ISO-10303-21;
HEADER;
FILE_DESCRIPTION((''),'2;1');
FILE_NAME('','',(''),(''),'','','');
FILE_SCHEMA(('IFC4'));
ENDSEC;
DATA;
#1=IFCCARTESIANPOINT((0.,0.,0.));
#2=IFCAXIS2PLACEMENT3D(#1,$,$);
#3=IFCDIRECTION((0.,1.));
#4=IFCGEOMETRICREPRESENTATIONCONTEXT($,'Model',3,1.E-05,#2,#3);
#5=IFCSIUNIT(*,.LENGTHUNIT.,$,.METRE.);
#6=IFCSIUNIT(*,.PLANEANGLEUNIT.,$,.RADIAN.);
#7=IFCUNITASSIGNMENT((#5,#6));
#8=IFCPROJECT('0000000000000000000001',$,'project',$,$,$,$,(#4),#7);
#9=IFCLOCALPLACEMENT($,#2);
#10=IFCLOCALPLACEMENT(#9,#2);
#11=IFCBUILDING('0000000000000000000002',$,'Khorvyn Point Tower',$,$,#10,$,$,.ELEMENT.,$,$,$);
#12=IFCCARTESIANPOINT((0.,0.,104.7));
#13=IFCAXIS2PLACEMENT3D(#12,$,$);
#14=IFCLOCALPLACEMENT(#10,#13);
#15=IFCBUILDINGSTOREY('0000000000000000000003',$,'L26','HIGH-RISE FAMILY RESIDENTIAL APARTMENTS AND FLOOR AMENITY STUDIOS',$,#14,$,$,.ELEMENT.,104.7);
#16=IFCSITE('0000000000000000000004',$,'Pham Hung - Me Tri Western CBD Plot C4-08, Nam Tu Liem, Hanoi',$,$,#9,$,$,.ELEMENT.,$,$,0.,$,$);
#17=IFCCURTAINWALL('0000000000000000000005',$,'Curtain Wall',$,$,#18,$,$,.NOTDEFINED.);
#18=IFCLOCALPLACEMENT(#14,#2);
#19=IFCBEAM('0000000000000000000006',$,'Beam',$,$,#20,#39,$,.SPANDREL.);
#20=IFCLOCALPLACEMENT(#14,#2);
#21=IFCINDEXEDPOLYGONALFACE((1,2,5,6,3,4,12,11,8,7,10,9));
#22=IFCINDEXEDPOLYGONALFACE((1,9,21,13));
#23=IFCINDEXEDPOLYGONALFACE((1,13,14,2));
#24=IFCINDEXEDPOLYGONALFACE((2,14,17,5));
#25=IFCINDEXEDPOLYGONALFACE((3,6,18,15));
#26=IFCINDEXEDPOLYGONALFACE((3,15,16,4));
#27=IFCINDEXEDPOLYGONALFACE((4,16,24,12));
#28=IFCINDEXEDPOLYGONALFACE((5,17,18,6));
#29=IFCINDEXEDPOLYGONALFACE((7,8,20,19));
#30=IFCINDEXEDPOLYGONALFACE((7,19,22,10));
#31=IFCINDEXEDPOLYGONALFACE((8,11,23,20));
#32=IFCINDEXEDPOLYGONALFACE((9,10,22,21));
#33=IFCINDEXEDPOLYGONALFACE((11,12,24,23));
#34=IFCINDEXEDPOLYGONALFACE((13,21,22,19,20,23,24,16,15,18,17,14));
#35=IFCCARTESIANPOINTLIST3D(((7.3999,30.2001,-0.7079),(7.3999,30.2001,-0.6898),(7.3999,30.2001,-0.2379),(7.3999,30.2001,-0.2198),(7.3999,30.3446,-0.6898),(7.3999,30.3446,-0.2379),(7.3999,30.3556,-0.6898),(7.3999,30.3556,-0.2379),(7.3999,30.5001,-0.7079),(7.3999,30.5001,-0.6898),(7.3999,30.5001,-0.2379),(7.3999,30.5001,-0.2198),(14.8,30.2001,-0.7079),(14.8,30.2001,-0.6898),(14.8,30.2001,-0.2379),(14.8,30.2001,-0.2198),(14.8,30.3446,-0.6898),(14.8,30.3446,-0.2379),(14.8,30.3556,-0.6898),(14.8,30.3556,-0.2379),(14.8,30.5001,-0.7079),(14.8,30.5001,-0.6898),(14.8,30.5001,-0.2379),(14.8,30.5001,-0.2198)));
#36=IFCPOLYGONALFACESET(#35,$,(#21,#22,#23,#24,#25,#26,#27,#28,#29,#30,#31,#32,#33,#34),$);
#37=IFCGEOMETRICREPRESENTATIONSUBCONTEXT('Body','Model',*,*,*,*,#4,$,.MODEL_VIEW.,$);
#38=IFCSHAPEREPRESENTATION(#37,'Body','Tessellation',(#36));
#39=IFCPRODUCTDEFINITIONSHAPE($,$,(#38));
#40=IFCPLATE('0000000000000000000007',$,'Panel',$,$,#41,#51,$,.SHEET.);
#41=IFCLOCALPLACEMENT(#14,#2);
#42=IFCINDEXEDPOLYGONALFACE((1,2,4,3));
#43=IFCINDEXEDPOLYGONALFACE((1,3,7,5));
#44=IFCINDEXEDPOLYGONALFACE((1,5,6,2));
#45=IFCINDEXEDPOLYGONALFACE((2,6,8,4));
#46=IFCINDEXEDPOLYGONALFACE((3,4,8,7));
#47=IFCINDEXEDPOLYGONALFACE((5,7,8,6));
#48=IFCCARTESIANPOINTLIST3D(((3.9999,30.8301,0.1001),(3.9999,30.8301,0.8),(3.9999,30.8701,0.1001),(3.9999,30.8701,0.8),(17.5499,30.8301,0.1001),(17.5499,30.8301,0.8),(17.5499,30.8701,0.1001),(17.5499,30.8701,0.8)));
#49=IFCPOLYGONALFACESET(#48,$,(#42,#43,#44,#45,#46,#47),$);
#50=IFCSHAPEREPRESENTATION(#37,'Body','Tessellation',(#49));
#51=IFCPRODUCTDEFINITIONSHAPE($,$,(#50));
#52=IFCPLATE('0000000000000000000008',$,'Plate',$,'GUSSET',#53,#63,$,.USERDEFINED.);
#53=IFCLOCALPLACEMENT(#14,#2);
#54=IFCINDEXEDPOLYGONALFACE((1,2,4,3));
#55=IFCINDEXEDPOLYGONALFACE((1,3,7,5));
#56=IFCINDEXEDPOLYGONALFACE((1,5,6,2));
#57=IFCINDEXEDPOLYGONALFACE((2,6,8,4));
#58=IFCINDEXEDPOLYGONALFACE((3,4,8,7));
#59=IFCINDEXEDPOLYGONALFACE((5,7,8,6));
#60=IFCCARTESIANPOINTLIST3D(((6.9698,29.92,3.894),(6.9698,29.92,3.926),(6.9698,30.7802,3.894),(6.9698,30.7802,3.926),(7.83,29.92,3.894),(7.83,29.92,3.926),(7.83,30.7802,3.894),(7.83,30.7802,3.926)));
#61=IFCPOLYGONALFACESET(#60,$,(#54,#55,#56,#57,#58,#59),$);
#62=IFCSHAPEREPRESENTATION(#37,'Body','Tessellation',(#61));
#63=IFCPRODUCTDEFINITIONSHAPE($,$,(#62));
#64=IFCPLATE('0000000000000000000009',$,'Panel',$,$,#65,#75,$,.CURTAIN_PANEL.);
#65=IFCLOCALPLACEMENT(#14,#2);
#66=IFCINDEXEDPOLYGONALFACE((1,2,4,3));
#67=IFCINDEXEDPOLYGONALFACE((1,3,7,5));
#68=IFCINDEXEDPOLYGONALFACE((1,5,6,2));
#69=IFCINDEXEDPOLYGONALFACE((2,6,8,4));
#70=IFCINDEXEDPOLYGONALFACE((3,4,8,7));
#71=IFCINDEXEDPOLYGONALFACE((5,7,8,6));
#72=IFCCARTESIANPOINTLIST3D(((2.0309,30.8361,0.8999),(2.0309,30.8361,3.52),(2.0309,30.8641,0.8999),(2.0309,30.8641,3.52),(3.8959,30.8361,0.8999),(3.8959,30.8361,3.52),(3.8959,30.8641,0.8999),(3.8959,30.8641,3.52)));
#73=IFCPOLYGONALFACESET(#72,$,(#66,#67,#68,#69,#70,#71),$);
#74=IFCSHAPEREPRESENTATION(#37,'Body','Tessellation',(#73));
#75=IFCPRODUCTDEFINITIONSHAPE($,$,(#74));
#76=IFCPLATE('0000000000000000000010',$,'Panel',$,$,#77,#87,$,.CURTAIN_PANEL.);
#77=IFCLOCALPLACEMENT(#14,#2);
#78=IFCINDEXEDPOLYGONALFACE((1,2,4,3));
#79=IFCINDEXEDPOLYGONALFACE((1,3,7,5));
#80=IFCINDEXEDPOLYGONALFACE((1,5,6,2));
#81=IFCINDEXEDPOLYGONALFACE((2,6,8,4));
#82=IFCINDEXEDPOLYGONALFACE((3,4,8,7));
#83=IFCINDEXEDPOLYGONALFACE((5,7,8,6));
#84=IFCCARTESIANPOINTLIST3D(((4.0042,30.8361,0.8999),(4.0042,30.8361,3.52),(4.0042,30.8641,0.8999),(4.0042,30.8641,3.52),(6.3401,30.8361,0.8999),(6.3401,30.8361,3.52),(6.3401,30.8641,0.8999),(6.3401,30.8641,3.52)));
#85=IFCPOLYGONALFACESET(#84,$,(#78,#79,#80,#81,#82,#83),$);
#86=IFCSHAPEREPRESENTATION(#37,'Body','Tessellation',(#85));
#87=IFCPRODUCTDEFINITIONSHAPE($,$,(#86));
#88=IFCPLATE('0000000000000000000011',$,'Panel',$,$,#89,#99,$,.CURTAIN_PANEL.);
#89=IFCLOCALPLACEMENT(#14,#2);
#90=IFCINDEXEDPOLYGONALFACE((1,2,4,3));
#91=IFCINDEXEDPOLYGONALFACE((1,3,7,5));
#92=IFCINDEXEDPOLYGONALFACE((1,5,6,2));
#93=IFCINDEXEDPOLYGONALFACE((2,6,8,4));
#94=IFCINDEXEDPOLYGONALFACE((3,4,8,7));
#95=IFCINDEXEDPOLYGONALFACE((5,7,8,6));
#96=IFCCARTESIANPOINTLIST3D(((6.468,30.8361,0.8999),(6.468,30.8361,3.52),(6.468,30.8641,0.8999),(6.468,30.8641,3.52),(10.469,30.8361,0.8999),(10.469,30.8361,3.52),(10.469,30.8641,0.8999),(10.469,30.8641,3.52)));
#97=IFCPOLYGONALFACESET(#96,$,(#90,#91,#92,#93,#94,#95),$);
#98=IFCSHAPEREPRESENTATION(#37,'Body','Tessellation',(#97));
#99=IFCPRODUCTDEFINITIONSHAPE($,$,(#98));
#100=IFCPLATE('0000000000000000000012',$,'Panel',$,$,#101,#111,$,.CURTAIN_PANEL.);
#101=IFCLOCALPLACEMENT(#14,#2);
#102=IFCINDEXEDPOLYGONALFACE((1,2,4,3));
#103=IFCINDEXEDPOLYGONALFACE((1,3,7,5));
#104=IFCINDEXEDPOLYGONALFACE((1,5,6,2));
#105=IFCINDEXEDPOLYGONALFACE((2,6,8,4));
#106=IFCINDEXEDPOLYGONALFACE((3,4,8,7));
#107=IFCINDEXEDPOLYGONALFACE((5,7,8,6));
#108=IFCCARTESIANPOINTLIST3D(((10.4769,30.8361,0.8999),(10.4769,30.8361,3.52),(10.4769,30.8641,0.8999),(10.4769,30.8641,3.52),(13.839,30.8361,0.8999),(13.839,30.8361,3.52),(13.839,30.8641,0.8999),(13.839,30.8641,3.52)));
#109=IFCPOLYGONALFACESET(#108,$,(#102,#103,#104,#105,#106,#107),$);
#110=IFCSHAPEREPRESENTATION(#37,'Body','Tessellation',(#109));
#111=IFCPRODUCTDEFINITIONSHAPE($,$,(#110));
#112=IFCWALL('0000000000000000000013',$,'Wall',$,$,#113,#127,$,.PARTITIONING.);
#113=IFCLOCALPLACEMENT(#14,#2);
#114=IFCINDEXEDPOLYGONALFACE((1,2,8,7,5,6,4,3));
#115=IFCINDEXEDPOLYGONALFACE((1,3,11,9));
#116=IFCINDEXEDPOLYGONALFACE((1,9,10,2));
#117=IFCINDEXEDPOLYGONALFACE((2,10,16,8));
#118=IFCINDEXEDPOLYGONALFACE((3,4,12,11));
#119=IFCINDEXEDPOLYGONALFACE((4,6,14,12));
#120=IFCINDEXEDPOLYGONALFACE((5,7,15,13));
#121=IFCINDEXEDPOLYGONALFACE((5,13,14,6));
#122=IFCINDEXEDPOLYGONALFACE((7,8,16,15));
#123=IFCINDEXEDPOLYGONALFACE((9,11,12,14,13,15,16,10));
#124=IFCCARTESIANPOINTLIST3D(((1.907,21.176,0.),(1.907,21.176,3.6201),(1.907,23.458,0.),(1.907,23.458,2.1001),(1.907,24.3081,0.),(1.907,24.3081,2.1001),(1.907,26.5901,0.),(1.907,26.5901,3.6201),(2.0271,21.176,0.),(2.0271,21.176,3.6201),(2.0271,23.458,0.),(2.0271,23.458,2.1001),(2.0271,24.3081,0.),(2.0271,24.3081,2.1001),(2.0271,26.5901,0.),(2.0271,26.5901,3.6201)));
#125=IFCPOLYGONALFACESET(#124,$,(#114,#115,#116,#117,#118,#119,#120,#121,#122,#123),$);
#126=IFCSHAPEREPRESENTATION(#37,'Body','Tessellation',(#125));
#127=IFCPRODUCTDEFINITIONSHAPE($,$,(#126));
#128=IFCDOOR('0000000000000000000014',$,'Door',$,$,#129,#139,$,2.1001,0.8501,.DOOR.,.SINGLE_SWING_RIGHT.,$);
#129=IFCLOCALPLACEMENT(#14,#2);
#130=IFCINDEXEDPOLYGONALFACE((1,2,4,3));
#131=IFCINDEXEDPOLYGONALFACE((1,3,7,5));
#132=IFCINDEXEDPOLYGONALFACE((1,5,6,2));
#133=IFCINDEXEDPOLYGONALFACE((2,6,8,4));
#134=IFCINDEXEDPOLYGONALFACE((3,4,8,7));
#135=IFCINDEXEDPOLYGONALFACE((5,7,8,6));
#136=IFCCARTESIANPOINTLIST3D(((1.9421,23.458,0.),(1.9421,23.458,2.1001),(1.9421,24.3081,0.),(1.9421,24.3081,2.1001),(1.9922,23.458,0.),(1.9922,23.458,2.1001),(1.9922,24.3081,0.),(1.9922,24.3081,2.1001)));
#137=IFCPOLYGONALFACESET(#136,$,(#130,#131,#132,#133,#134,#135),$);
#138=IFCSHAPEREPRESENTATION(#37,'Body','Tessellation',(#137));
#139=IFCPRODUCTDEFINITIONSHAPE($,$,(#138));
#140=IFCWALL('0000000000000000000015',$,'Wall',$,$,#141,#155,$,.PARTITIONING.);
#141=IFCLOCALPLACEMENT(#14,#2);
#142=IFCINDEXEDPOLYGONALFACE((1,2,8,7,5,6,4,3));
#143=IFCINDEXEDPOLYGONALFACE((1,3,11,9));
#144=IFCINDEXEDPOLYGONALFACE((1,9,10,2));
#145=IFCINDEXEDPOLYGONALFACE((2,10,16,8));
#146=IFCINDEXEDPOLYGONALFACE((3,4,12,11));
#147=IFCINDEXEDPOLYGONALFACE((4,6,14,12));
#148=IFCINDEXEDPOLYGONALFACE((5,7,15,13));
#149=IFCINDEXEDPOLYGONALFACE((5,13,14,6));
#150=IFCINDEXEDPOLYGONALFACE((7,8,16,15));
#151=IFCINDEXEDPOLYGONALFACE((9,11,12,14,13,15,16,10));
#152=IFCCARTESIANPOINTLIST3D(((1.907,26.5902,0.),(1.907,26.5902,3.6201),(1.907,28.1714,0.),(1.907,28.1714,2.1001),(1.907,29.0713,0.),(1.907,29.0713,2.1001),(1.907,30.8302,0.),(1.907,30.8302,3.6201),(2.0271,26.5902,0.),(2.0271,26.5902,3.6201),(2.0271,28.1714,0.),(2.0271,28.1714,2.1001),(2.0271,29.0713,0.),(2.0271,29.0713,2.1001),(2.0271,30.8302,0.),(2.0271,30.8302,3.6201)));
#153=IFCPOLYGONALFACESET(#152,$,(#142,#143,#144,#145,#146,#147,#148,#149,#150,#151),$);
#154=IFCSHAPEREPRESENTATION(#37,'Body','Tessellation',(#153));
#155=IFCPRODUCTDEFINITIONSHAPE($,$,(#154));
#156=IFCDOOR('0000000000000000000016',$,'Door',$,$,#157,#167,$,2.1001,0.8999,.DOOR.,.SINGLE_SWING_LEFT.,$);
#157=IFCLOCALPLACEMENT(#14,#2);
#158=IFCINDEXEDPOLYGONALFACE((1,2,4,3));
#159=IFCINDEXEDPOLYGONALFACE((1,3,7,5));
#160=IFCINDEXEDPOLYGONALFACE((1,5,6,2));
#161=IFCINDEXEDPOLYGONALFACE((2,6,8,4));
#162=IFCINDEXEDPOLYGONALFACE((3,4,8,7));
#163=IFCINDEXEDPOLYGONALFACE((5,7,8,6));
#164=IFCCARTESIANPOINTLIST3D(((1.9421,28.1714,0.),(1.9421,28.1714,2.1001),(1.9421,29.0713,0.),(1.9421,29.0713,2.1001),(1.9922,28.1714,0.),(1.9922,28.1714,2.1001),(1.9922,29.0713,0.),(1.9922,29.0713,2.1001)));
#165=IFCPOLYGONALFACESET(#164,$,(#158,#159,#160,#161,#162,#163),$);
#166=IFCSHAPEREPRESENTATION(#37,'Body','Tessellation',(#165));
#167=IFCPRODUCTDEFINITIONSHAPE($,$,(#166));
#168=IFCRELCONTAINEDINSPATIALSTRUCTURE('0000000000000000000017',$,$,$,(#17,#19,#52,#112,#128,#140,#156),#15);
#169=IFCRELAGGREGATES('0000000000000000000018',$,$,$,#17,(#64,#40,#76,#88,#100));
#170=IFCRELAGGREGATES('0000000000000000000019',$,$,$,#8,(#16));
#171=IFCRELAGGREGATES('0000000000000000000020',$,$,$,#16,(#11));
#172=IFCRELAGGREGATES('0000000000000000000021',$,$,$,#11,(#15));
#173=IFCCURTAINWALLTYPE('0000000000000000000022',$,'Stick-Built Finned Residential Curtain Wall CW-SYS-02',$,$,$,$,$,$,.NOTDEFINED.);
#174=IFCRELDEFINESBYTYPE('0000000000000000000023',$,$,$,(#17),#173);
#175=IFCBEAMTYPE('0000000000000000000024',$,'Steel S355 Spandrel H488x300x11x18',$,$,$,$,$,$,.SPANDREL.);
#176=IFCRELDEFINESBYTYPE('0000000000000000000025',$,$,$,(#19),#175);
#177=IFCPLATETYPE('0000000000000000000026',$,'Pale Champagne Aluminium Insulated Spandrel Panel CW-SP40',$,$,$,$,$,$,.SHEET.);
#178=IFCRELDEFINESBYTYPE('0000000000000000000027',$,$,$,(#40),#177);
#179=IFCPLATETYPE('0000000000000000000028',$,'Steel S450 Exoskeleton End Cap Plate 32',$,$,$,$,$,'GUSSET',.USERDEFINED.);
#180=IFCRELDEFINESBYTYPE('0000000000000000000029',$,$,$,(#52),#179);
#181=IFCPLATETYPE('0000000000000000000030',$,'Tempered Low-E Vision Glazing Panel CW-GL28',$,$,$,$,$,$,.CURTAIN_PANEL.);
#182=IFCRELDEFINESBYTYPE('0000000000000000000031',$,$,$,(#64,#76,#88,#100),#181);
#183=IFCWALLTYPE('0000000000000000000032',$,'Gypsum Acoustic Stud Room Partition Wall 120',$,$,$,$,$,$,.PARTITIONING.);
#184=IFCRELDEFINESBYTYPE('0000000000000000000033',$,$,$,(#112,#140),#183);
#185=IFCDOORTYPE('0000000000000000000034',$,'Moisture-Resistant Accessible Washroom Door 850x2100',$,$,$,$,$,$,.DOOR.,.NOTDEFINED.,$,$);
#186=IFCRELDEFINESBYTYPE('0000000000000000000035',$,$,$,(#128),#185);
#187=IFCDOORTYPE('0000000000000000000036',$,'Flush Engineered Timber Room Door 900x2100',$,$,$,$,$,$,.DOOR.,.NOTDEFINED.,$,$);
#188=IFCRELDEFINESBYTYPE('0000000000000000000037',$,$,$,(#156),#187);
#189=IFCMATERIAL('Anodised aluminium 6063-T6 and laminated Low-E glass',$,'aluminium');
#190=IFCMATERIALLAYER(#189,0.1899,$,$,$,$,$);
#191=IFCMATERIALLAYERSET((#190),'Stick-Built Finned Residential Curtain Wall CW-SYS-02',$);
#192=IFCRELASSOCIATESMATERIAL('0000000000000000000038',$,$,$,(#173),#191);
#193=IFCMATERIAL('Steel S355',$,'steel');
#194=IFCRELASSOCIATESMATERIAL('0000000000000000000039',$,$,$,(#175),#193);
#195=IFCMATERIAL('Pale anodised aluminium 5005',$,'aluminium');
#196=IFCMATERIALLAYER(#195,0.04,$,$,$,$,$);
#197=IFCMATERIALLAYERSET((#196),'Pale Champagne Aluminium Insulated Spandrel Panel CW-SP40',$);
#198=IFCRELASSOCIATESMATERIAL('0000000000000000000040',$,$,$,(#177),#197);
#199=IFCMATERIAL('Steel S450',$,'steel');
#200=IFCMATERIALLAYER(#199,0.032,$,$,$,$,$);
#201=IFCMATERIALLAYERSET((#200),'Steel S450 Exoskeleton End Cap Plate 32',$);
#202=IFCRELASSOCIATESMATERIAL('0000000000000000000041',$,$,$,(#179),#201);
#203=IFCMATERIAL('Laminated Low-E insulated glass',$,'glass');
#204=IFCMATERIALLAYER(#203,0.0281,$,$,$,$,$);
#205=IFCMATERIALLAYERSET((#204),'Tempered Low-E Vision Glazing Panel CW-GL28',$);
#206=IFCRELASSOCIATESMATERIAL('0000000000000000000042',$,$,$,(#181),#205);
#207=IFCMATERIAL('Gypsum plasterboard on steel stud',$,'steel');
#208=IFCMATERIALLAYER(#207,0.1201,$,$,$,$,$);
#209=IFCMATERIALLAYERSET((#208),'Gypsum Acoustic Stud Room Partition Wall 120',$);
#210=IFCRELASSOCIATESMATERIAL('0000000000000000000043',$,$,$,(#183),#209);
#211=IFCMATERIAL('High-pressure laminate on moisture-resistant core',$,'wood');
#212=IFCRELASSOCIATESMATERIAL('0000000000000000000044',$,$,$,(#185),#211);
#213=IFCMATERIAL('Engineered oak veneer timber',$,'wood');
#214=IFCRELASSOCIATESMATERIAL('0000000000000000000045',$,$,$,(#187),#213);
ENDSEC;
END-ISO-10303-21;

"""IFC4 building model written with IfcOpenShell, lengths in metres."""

from ifc_helpers import new_model, si_unit, direction, frame, frame_2d, origin, origin_2d, place, context, subcontext, project, spatial, rectangle, i_section, extrude, material, layer, layer_set, material_profile, profile_set, type_object, element, fill, aggregate, save


model = new_model("IFC4")

# Units and contexts
model_context = context("Model", 3, precision=1e-05, world=origin(), true_north=direction((0.0, 1.0)))
body_context = subcontext(model_context, "Body", "Model", "MODEL_VIEW")
ifc_project = project(units=[si_unit("LENGTHUNIT", "METRE"), si_unit("PLANEANGLEUNIT", "RADIAN")], contexts=[model_context])

# Site, building, storey
site_placement = place(None, origin())
site = spatial("IfcSite", under=ifc_project, at=site_placement, Name="Pham Hung - Me Tri Western CBD Plot C4-08, Nam Tu Liem, Hanoi", CompositionType="ELEMENT", RefElevation=0.0)
building_placement = place(site_placement, origin())
building = spatial("IfcBuilding", under=site, at=building_placement, Name="Khorvyn Point Tower", CompositionType="ELEMENT")
storey_placement = place(building_placement, frame((0.0, 0.0, 104.7)))
storey = spatial("IfcBuildingStorey", under=building, at=storey_placement, Name="L26", Description="HIGH-RISE FAMILY RESIDENTIAL APARTMENTS AND FLOOR AMENITY STUDIOS", CompositionType="ELEMENT", Elevation=104.7)

# Shared definitions
ifc_material_1 = material(Name="Steel S450", Category="steel")

# Curtain wall
ifc_material_2 = material(Name="Anodised aluminium 6063-T6 and laminated Low-E glass", Category="aluminium")
ifc_layer_1 = layer(ifc_material_2, 0.1899)
ifc_layer_set_1 = layer_set([ifc_layer_1], Name="Stick-Built Finned Residential Curtain Wall CW-SYS-02")
curtain_wall_type = type_object("IfcCurtainWallType", Name="Stick-Built Finned Residential Curtain Wall CW-SYS-02", PredefinedType="NOTDEFINED", material=ifc_layer_set_1)
curtain_wall_placement = place(storey_placement, origin())
curtain_wall = element("IfcCurtainWall", 1, at=curtain_wall_placement, inside=storey, type_object=curtain_wall_type, Name="Curtain Wall", PredefinedType="NOTDEFINED")

# Beam
ifc_material_3 = material(Name="Steel S355", Category="steel")
ifc_material_profile_1 = material_profile(ifc_material_3, i_section(OverallWidth=0.3, OverallDepth=0.488, WebThickness=0.011, FlangeThickness=0.0181, at=origin_2d()))
ifc_profile_set_1 = profile_set([ifc_material_profile_1], Name="Steel S355 H488x300x11x18")
beam_type_1 = type_object("IfcBeamType", Name="Steel S355 Spandrel H488x300x11x18", PredefinedType="SPANDREL", material=ifc_profile_set_1)
beam_1_placement = place(storey_placement, frame((7.3999, 30.3501, -0.4639), z_axis=(1.0, 0.0, 0.0), x_axis=(0.0, 1.0, 0.0)))
element("IfcBeam", 2, at=beam_1_placement, inside=storey, type_object=beam_type_1, Name="Beam", PredefinedType="SPANDREL", context=body_context, shape_type="SweptSolid", body=[
    extrude(i_section(OverallWidth=0.3, OverallDepth=0.488, WebThickness=0.011, FlangeThickness=0.0181, at=origin_2d()), origin(), (0.0, 0.0, 1.0), 7.4001),
])

# Plates
ifc_material_4 = material(Name="Pale anodised aluminium 5005", Category="aluminium")
ifc_layer_2 = layer(ifc_material_4, 0.04)
ifc_layer_set_2 = layer_set([ifc_layer_2], Name="Pale Champagne Aluminium Insulated Spandrel Panel CW-SP40")
plate_type_1 = type_object("IfcPlateType", Name="Pale Champagne Aluminium Insulated Spandrel Panel CW-SP40", PredefinedType="SHEET", material=ifc_layer_set_2)
plate_1_placement = place(storey_placement, frame((10.7749, 30.8501, 0.1001), z_axis=(0.0, 0.0, 1.0), x_axis=(1.0, 0.0, 0.0)))
plate_1 = element("IfcPlate", 3, at=plate_1_placement, type_object=plate_type_1, Name="Panel", PredefinedType="SHEET", context=body_context, shape_type="SweptSolid", body=[
    extrude(rectangle(XDim=13.55, YDim=0.04, at=origin_2d()), origin(), (0.0, 0.0, 1.0), 0.7),
])
ifc_layer_3 = layer(ifc_material_1, 0.032)
ifc_layer_set_3 = layer_set([ifc_layer_3], Name="Steel S450 Exoskeleton End Cap Plate 32")
plate_type_2 = type_object("IfcPlateType", Name="Steel S450 Exoskeleton End Cap Plate 32", ElementType="GUSSET", PredefinedType="USERDEFINED", material=ifc_layer_set_3)
plate_2_placement = place(storey_placement, frame((7.3999, 30.3501, 3.894), z_axis=(0.0, 0.0, 1.0), x_axis=(1.0, 0.0, 0.0)))
element("IfcPlate", 4, at=plate_2_placement, inside=storey, type_object=plate_type_2, Name="Plate", ObjectType="GUSSET", PredefinedType="USERDEFINED", context=body_context, shape_type="SweptSolid", body=[
    extrude(rectangle(XDim=0.8601, YDim=0.8601, at=origin_2d()), origin(), (0.0, 0.0, 1.0), 0.032),
])
ifc_material_5 = material(Name="Laminated Low-E insulated glass", Category="glass")
ifc_layer_4 = layer(ifc_material_5, 0.0281)
ifc_layer_set_4 = layer_set([ifc_layer_4], Name="Tempered Low-E Vision Glazing Panel CW-GL28")
plate_type_3 = type_object("IfcPlateType", Name="Tempered Low-E Vision Glazing Panel CW-GL28", PredefinedType="CURTAIN_PANEL", material=ifc_layer_set_4)
plate_3_placement = place(storey_placement, frame((2.9634, 30.8501, 0.8999), z_axis=(0.0, 0.0, 1.0), x_axis=(1.0, 0.0, 0.0)))
plate_3 = element("IfcPlate", 5, at=plate_3_placement, type_object=plate_type_3, Name="Panel", PredefinedType="CURTAIN_PANEL", context=body_context, shape_type="SweptSolid", body=[
    extrude(rectangle(XDim=1.865, YDim=0.0281, at=origin_2d()), origin(), (0.0, 0.0, 1.0), 2.6201),
])
plate_4_placement = place(storey_placement, frame((5.1721, 30.8501, 0.8999), z_axis=(0.0, 0.0, 1.0), x_axis=(1.0, 0.0, 0.0)))
plate_4 = element("IfcPlate", 6, at=plate_4_placement, type_object=plate_type_3, Name="Panel", PredefinedType="CURTAIN_PANEL", context=body_context, shape_type="SweptSolid", body=[
    extrude(rectangle(XDim=2.3359, YDim=0.0281, at=origin_2d()), origin(), (0.0, 0.0, 1.0), 2.6201),
])
plate_5_placement = place(storey_placement, frame((8.4685, 30.8501, 0.8999), z_axis=(0.0, 0.0, 1.0), x_axis=(1.0, 0.0, 0.0)))
plate_5 = element("IfcPlate", 7, at=plate_5_placement, type_object=plate_type_3, Name="Panel", PredefinedType="CURTAIN_PANEL", context=body_context, shape_type="SweptSolid", body=[
    extrude(rectangle(XDim=4.001, YDim=0.0281, at=origin_2d()), origin(), (0.0, 0.0, 1.0), 2.6201),
])
plate_6_placement = place(storey_placement, frame((12.158, 30.8501, 0.8999), z_axis=(0.0, 0.0, 1.0), x_axis=(1.0, 0.0, 0.0)))
plate_6 = element("IfcPlate", 8, at=plate_6_placement, type_object=plate_type_3, Name="Panel", PredefinedType="CURTAIN_PANEL", context=body_context, shape_type="SweptSolid", body=[
    extrude(rectangle(XDim=3.3621, YDim=0.0281, at=origin_2d()), origin(), (0.0, 0.0, 1.0), 2.6201),
])
aggregate(curtain_wall, [plate_3, plate_1, plate_4, plate_5, plate_6])

# Walls, openings, doors
ifc_material_6 = material(Name="Gypsum plasterboard on steel stud", Category="steel")
ifc_layer_5 = layer(ifc_material_6, 0.1201)
ifc_layer_set_5 = layer_set([ifc_layer_5], Name="Gypsum Acoustic Stud Room Partition Wall 120")
wall_type_1 = type_object("IfcWallType", Name="Gypsum Acoustic Stud Room Partition Wall 120", PredefinedType="PARTITIONING", material=ifc_layer_set_5)
wall_1_placement = place(storey_placement, frame((1.967, 21.176, 0.0), z_axis=(0.0, 0.0, 1.0), x_axis=(0.0, 1.0, 0.0)))
wall_1 = element("IfcWall", 9, at=wall_1_placement, inside=storey, type_object=wall_type_1, Name="Wall", PredefinedType="PARTITIONING", context=body_context, shape_type="SweptSolid", body=[
    extrude(rectangle(XDim=5.4141, YDim=0.1201, at=frame_2d((2.707, 0.0))), origin(), (0.0, 0.0, 1.0), 3.6201),
])
opening_1_placement = place(wall_1_placement, frame((2.282, 0.0, 0.0)))
opening_1 = element("IfcOpeningElement", 10, at=opening_1_placement, cuts=wall_1, PredefinedType="OPENING", context=body_context, shape_type="SweptSolid", body=[
    extrude(rectangle(XDim=0.8501, YDim=2.1001, at=frame_2d((0.425, 1.05))), frame((0.0, 0.0701, 0.0), z_axis=(0.0, -1.0, 0.0), x_axis=(1.0, 0.0, 0.0)), (0.0, 0.0, 1.0), 0.1401),
])
ifc_material_7 = material(Name="High-pressure laminate on moisture-resistant core", Category="wood")
door_type_1 = type_object("IfcDoorType", Name="Moisture-Resistant Accessible Washroom Door 850x2100", OperationType="NOTDEFINED", PredefinedType="DOOR", material=ifc_material_7)
door_1_placement = place(opening_1_placement, origin())
door_1 = element("IfcDoor", 11, at=door_1_placement, inside=storey, type_object=door_type_1, Name="Door", OperationType="SINGLE_SWING_RIGHT", OverallHeight=2.1001, OverallWidth=0.8501, PredefinedType="DOOR", context=body_context, shape_type="SweptSolid", body=[
    extrude(rectangle(XDim=0.8501, YDim=2.1001, at=frame_2d((0.425, 1.05))), frame((0.0, 0.0249, 0.0), z_axis=(0.0, -1.0, 0.0), x_axis=(1.0, 0.0, 0.0)), (0.0, 0.0, 1.0), 0.05),
])
fill(opening_1, door_1)
wall_2_placement = place(storey_placement, frame((1.967, 26.5901, 0.0), z_axis=(0.0, 0.0, 1.0), x_axis=(0.0, 1.0, 0.0)))
wall_2 = element("IfcWall", 12, at=wall_2_placement, inside=storey, type_object=wall_type_1, Name="Wall", PredefinedType="PARTITIONING", context=body_context, shape_type="SweptSolid", body=[
    extrude(rectangle(XDim=4.24, YDim=0.1201, at=frame_2d((2.1201, 0.0))), origin(), (0.0, 0.0, 1.0), 3.6201),
])
opening_2_placement = place(wall_2_placement, frame((1.5813, 0.0, 0.0)))
opening_2 = element("IfcOpeningElement", 13, at=opening_2_placement, cuts=wall_2, PredefinedType="OPENING", context=body_context, shape_type="SweptSolid", body=[
    extrude(rectangle(XDim=0.8999, YDim=2.1001, at=frame_2d((0.45, 1.05))), frame((0.0, 0.0701, 0.0), z_axis=(0.0, -1.0, 0.0), x_axis=(1.0, 0.0, 0.0)), (0.0, 0.0, 1.0), 0.1401),
])
ifc_material_8 = material(Name="Engineered oak veneer timber", Category="wood")
door_type_2 = type_object("IfcDoorType", Name="Flush Engineered Timber Room Door 900x2100", OperationType="NOTDEFINED", PredefinedType="DOOR", material=ifc_material_8)
door_2_placement = place(opening_2_placement, origin())
door_2 = element("IfcDoor", 14, at=door_2_placement, inside=storey, type_object=door_type_2, Name="Door", OperationType="SINGLE_SWING_LEFT", OverallHeight=2.1001, OverallWidth=0.8999, PredefinedType="DOOR", context=body_context, shape_type="SweptSolid", body=[
    extrude(rectangle(XDim=0.8999, YDim=2.1001, at=frame_2d((0.45, 1.05))), frame((0.0, 0.0249, 0.0), z_axis=(0.0, -1.0, 0.0), x_axis=(1.0, 0.0, 0.0)), (0.0, 0.0, 1.0), 0.05),
])
fill(opening_2, door_2)

save(model, "model.ifc")
